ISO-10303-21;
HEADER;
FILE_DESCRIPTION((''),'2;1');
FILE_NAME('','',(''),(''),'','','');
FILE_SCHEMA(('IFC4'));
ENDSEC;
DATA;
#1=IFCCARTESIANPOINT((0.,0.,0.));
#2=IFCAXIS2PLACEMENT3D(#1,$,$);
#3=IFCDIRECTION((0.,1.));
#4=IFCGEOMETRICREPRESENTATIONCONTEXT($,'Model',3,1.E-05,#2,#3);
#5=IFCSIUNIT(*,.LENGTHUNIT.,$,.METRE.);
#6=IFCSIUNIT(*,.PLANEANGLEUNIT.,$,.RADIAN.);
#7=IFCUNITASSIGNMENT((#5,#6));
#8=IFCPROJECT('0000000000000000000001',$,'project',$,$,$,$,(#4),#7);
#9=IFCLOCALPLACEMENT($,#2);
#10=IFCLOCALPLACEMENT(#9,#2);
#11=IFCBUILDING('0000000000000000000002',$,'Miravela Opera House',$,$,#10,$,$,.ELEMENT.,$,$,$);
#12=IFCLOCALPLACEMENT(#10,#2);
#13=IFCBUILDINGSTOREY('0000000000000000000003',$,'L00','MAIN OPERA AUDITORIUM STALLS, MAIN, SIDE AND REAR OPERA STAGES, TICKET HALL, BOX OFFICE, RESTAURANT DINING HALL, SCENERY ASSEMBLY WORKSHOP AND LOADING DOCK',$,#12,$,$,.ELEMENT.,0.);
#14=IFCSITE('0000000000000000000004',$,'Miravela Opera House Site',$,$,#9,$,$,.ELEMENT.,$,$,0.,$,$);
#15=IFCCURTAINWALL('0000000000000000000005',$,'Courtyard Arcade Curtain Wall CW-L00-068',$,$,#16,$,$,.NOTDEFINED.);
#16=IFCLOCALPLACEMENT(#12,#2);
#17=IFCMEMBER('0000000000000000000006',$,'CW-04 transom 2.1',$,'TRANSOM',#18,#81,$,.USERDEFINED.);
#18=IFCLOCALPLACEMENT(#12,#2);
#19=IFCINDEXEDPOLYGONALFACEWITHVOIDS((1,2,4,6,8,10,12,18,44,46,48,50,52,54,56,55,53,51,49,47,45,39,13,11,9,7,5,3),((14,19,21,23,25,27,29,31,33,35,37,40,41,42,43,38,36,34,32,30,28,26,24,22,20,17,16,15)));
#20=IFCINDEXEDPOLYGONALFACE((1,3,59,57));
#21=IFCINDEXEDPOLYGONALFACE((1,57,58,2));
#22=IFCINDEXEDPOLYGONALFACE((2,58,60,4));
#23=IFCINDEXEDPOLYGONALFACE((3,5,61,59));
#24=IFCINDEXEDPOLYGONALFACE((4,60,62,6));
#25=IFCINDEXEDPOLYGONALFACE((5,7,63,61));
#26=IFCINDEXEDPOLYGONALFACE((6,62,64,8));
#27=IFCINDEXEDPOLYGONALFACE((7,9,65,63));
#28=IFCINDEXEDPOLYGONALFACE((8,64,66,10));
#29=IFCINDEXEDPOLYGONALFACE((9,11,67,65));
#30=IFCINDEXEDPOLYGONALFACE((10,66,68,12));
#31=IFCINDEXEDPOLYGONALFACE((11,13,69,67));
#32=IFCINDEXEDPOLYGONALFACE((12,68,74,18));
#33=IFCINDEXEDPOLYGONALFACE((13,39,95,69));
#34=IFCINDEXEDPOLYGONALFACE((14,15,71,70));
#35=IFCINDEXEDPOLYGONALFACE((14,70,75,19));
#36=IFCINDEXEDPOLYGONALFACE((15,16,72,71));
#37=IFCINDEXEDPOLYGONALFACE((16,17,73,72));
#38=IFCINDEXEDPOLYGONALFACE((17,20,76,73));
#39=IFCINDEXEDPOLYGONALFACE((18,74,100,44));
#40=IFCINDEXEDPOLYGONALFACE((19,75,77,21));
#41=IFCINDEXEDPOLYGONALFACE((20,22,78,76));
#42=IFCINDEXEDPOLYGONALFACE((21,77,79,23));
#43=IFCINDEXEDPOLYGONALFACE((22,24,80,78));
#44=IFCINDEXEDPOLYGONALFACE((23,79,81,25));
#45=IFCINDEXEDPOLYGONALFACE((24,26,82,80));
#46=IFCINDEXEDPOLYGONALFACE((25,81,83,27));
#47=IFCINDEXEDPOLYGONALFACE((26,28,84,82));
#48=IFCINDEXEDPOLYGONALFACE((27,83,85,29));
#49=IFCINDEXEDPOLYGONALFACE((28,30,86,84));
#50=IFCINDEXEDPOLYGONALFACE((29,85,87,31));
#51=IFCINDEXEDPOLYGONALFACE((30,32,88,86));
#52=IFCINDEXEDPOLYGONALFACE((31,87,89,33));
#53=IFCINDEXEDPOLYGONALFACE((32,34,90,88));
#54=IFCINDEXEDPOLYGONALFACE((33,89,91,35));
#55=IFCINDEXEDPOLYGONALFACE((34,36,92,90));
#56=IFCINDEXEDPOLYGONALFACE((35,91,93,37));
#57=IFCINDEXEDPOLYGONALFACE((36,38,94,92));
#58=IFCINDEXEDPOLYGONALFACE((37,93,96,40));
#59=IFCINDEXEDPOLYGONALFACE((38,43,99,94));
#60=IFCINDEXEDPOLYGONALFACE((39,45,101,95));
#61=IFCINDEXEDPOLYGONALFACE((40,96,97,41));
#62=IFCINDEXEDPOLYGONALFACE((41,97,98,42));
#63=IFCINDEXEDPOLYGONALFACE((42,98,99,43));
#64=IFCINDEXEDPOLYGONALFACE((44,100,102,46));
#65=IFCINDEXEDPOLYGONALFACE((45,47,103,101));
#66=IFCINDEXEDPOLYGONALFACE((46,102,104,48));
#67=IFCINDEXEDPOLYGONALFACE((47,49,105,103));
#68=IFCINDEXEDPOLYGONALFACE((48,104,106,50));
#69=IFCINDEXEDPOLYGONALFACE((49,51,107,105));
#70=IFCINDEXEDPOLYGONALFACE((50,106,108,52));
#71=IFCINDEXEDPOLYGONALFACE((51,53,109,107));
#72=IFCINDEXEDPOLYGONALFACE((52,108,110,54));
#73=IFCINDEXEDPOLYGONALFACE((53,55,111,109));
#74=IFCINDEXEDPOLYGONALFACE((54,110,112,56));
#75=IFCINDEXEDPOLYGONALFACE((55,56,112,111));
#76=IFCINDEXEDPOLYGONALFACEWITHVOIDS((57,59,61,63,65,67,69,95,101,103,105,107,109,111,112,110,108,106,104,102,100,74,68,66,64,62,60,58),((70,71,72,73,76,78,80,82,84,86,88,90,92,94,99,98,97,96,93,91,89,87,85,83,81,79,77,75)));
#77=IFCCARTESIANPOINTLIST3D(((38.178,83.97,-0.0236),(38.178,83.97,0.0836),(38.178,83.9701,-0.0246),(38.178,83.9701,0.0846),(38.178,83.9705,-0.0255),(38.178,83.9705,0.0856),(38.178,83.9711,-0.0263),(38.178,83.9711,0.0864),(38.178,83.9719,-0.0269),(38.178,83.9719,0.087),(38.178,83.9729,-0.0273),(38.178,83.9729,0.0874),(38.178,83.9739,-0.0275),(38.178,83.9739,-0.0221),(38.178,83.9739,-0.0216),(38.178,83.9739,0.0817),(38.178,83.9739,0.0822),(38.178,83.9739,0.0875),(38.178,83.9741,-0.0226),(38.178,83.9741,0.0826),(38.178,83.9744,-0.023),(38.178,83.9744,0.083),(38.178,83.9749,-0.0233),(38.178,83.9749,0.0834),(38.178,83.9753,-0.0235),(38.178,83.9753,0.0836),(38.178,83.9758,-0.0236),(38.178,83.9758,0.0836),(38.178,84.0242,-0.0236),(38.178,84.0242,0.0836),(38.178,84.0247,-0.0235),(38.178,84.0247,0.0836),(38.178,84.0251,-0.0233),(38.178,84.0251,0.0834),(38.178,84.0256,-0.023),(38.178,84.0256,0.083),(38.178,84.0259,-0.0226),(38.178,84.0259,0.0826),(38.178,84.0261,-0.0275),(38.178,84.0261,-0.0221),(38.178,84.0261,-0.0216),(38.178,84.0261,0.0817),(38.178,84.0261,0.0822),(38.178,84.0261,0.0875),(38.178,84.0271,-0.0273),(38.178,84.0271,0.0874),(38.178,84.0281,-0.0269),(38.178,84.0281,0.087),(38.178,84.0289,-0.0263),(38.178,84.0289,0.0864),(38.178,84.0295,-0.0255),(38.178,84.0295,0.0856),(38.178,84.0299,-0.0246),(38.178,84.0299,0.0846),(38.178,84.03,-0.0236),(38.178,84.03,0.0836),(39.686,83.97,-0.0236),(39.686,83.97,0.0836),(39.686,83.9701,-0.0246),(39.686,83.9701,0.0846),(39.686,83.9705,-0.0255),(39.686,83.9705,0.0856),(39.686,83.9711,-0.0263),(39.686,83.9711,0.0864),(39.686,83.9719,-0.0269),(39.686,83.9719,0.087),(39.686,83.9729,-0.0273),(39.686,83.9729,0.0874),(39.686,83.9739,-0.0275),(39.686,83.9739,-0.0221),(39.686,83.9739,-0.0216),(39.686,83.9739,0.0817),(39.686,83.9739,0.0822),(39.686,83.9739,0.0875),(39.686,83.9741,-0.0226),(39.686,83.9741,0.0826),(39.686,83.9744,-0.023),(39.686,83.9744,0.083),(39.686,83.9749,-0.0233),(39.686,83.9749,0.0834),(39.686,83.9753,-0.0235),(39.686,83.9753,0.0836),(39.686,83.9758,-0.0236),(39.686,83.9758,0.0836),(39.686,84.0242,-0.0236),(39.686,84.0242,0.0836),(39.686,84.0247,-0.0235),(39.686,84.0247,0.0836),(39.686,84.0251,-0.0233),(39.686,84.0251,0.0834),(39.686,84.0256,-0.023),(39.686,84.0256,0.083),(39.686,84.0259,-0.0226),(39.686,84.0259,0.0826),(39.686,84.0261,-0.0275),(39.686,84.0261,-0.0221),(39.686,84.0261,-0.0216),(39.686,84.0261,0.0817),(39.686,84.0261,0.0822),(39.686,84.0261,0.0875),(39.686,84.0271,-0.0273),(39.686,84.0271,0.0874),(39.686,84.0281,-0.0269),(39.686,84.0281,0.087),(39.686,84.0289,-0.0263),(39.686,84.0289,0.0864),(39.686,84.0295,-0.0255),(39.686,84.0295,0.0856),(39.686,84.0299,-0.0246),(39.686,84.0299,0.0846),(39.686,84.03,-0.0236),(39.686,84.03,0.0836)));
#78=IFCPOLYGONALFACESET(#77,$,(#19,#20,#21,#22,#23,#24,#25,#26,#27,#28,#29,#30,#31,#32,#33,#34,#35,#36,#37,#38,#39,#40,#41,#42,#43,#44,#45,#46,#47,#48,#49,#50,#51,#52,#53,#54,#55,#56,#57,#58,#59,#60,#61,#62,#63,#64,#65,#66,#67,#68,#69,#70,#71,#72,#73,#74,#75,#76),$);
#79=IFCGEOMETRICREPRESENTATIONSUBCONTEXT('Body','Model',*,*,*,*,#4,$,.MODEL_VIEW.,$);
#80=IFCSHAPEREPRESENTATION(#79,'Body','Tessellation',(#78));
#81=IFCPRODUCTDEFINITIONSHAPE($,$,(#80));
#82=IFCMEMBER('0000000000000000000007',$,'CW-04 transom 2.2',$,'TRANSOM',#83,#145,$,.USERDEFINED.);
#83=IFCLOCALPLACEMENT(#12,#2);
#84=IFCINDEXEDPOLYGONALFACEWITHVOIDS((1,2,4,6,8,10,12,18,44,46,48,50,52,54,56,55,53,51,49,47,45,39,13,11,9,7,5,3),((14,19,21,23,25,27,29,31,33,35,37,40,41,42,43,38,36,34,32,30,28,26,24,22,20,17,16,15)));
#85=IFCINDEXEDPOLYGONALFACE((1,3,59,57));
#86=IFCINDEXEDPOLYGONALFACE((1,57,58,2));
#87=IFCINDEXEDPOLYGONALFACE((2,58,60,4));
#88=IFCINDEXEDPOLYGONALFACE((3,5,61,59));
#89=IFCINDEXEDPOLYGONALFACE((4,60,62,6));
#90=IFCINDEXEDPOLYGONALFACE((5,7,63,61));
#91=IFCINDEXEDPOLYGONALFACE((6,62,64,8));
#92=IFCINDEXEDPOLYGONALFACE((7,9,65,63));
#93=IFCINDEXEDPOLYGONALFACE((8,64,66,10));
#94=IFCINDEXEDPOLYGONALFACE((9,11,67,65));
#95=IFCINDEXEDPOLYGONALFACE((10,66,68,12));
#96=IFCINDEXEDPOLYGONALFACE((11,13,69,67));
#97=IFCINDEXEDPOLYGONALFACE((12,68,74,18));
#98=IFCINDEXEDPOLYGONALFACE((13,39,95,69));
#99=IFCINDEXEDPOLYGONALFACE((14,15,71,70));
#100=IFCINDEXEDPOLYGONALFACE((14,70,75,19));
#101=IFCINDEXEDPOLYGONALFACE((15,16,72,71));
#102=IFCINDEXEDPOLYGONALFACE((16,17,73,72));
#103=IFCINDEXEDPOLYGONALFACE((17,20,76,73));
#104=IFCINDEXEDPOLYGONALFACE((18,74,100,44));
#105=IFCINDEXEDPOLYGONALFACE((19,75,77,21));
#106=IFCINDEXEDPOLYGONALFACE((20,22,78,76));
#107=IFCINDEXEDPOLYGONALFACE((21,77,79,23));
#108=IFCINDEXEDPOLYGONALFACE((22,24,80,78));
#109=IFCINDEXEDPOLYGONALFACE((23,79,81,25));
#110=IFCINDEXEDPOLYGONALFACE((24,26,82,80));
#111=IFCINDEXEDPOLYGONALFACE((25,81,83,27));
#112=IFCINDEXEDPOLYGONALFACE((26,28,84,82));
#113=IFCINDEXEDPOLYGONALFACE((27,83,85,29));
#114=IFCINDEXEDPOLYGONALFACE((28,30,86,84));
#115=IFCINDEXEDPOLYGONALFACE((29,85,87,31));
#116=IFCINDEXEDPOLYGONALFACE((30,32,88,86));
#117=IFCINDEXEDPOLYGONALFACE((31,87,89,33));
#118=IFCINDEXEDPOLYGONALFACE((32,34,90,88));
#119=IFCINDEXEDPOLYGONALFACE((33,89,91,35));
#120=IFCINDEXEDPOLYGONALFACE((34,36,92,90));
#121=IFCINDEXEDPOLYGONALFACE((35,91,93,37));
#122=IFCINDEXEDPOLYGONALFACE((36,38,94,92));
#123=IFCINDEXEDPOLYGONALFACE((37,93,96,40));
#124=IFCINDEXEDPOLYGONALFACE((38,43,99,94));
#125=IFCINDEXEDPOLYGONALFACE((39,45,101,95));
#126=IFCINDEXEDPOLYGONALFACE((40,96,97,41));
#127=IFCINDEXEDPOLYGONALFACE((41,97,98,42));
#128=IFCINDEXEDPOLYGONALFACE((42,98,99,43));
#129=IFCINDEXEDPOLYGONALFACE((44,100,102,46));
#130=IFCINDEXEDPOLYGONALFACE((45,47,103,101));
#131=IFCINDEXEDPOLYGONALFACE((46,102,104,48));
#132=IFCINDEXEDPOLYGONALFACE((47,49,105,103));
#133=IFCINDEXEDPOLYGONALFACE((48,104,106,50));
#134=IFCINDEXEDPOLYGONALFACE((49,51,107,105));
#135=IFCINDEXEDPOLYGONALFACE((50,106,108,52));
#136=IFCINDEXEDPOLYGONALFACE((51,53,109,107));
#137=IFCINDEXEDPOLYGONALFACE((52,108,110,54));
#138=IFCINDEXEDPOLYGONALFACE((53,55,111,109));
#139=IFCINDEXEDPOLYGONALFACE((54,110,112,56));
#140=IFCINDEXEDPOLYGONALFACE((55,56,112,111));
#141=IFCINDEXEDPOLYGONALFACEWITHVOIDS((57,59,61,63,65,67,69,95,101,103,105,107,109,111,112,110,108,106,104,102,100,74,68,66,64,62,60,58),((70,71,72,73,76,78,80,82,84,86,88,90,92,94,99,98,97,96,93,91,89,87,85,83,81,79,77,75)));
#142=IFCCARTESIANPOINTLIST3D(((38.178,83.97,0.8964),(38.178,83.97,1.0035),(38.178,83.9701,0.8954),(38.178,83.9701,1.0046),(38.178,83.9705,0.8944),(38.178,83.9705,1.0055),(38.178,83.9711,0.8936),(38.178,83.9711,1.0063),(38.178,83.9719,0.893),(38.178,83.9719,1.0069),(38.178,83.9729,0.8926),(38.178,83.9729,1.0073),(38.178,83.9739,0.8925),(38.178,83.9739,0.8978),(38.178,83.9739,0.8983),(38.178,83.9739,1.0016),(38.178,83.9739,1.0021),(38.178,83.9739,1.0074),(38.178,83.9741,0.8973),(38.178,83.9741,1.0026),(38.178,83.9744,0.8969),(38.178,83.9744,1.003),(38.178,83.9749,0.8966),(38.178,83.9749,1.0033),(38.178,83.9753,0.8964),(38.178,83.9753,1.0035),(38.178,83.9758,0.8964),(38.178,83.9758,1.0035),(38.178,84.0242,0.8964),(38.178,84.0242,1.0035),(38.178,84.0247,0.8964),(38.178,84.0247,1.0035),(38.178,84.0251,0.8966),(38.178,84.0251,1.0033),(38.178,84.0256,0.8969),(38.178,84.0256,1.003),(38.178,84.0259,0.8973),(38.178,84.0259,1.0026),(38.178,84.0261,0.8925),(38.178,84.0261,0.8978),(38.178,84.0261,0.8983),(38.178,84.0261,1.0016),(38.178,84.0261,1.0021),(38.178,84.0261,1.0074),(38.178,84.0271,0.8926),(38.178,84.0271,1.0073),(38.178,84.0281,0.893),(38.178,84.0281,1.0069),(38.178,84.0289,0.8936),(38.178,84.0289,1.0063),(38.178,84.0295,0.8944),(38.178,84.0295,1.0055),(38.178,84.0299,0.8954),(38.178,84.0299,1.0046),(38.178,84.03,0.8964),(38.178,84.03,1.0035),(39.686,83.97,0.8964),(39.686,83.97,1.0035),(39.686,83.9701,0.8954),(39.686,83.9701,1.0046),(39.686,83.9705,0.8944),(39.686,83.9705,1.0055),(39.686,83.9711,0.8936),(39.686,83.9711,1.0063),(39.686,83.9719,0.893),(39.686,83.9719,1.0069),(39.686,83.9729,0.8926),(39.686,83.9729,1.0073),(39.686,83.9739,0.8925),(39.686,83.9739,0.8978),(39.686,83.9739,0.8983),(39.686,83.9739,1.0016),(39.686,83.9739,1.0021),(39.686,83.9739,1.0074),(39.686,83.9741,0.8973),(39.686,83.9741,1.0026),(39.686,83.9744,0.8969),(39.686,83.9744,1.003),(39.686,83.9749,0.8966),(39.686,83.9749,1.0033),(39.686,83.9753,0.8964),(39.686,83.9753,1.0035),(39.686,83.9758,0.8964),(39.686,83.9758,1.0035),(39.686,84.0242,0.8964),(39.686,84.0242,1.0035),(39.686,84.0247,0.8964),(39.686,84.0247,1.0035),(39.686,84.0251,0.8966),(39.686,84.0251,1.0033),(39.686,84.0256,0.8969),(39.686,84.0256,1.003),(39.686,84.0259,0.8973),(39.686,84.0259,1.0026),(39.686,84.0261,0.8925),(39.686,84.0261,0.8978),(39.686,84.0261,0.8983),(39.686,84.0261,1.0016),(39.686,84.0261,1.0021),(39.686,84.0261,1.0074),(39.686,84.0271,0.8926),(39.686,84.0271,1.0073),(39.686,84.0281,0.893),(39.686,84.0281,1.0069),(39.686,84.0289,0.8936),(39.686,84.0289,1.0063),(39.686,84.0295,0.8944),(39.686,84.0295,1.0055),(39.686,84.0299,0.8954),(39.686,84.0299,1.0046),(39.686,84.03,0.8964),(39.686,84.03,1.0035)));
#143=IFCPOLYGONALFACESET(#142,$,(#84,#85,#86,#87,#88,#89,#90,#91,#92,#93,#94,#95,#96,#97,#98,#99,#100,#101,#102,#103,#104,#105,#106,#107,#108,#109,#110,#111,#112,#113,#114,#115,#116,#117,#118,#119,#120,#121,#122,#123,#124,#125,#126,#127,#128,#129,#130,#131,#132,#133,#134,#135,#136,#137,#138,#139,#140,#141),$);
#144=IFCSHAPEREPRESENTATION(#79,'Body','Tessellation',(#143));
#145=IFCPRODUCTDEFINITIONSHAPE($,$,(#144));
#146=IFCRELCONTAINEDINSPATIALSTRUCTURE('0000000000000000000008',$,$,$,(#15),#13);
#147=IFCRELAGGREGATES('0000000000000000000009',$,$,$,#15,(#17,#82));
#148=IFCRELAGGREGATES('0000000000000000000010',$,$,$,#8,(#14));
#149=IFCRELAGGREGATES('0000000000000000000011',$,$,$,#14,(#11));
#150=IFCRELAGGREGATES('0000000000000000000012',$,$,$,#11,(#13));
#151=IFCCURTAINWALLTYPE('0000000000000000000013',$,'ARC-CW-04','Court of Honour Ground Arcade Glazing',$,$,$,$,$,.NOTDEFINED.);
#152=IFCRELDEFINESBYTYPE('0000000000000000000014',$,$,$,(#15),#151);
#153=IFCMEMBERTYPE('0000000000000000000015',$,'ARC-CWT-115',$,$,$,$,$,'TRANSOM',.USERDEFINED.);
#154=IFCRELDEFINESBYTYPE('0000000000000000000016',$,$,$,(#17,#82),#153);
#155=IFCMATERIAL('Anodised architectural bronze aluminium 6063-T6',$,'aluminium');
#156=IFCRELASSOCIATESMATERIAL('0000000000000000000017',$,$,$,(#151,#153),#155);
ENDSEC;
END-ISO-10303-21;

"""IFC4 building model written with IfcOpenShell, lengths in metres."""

from ifc_helpers import new_model, si_unit, direction, frame, origin, origin_2d, place, context, subcontext, project, spatial, hollow_rectangle, extrude, material, material_profile, profile_set, type_object, element, aggregate, save


model = new_model("IFC4")

# Units and contexts
model_context = context("Model", 3, precision=1e-05, world=origin(), true_north=direction((0.0, 1.0)))
body_context = subcontext(model_context, "Body", "Model", "MODEL_VIEW")
ifc_project = project(units=[si_unit("LENGTHUNIT", "METRE"), si_unit("PLANEANGLEUNIT", "RADIAN")], contexts=[model_context])

# Site, building, storey
site_placement = place(None, origin())
site = spatial("IfcSite", under=ifc_project, at=site_placement, Name="Miravela Opera House Site", CompositionType="ELEMENT", RefElevation=0.0)
building_placement = place(site_placement, origin())
building = spatial("IfcBuilding", under=site, at=building_placement, Name="Miravela Opera House", CompositionType="ELEMENT")
storey_placement = place(building_placement, origin())
storey = spatial("IfcBuildingStorey", under=building, at=storey_placement, Name="L00", Description="MAIN OPERA AUDITORIUM STALLS, MAIN, SIDE AND REAR OPERA STAGES, TICKET HALL, BOX OFFICE, RESTAURANT DINING HALL, SCENERY ASSEMBLY WORKSHOP AND LOADING DOCK", CompositionType="ELEMENT", Elevation=0.0)

# Curtain wall, members
ifc_material_1 = material(Name="Anodised architectural bronze aluminium 6063-T6", Category="aluminium")
curtain_wall_type = type_object("IfcCurtainWallType", Name="ARC-CW-04", Description="Court of Honour Ground Arcade Glazing", PredefinedType="NOTDEFINED", material=ifc_material_1)
curtain_wall_placement = place(storey_placement, origin())
curtain_wall = element("IfcCurtainWall", 1, at=curtain_wall_placement, inside=storey, type_object=curtain_wall_type, Name="Courtyard Arcade Curtain Wall CW-L00-068", PredefinedType="NOTDEFINED")
ifc_material_profile_1 = material_profile(ifc_material_1, hollow_rectangle(XDim=0.0601, YDim=0.115, WallThickness=0.0039, InnerFilletRadius=0.002, OuterFilletRadius=0.0039, at=origin_2d()), Name="CWT-60X115")
ifc_profile_set_1 = profile_set([ifc_material_profile_1])
member_type_1 = type_object("IfcMemberType", Name="ARC-CWT-115", ElementType="TRANSOM", PredefinedType="USERDEFINED", material=ifc_profile_set_1)
member_1_placement = place(storey_placement, frame((38.178, 84.0, 0.03), z_axis=(1.0, 0.0, 0.0), x_axis=(0.0, 1.0, 0.0)))
member_1 = element("IfcMember", 2, at=member_1_placement, type_object=member_type_1, Name="CW-04 transom 2.1", ObjectType="TRANSOM", PredefinedType="USERDEFINED", context=body_context, shape_type="SweptSolid", body=[
    extrude(hollow_rectangle(XDim=0.0601, YDim=0.115, WallThickness=0.0039, InnerFilletRadius=0.002, OuterFilletRadius=0.0039, at=origin_2d()), origin(), (0.0, 0.0, 1.0), 1.5081),
])
member_2_placement = place(storey_placement, frame((38.178, 84.0, 0.95), z_axis=(1.0, 0.0, 0.0), x_axis=(0.0, 1.0, 0.0)))
member_2 = element("IfcMember", 3, at=member_2_placement, type_object=member_type_1, Name="CW-04 transom 2.2", ObjectType="TRANSOM", PredefinedType="USERDEFINED", context=body_context, shape_type="SweptSolid", body=[
    extrude(hollow_rectangle(XDim=0.0601, YDim=0.115, WallThickness=0.0039, InnerFilletRadius=0.002, OuterFilletRadius=0.0039, at=origin_2d()), origin(), (0.0, 0.0, 1.0), 1.5081),
])

aggregate(curtain_wall, [member_1, member_2])

save(model, "model.ifc")
